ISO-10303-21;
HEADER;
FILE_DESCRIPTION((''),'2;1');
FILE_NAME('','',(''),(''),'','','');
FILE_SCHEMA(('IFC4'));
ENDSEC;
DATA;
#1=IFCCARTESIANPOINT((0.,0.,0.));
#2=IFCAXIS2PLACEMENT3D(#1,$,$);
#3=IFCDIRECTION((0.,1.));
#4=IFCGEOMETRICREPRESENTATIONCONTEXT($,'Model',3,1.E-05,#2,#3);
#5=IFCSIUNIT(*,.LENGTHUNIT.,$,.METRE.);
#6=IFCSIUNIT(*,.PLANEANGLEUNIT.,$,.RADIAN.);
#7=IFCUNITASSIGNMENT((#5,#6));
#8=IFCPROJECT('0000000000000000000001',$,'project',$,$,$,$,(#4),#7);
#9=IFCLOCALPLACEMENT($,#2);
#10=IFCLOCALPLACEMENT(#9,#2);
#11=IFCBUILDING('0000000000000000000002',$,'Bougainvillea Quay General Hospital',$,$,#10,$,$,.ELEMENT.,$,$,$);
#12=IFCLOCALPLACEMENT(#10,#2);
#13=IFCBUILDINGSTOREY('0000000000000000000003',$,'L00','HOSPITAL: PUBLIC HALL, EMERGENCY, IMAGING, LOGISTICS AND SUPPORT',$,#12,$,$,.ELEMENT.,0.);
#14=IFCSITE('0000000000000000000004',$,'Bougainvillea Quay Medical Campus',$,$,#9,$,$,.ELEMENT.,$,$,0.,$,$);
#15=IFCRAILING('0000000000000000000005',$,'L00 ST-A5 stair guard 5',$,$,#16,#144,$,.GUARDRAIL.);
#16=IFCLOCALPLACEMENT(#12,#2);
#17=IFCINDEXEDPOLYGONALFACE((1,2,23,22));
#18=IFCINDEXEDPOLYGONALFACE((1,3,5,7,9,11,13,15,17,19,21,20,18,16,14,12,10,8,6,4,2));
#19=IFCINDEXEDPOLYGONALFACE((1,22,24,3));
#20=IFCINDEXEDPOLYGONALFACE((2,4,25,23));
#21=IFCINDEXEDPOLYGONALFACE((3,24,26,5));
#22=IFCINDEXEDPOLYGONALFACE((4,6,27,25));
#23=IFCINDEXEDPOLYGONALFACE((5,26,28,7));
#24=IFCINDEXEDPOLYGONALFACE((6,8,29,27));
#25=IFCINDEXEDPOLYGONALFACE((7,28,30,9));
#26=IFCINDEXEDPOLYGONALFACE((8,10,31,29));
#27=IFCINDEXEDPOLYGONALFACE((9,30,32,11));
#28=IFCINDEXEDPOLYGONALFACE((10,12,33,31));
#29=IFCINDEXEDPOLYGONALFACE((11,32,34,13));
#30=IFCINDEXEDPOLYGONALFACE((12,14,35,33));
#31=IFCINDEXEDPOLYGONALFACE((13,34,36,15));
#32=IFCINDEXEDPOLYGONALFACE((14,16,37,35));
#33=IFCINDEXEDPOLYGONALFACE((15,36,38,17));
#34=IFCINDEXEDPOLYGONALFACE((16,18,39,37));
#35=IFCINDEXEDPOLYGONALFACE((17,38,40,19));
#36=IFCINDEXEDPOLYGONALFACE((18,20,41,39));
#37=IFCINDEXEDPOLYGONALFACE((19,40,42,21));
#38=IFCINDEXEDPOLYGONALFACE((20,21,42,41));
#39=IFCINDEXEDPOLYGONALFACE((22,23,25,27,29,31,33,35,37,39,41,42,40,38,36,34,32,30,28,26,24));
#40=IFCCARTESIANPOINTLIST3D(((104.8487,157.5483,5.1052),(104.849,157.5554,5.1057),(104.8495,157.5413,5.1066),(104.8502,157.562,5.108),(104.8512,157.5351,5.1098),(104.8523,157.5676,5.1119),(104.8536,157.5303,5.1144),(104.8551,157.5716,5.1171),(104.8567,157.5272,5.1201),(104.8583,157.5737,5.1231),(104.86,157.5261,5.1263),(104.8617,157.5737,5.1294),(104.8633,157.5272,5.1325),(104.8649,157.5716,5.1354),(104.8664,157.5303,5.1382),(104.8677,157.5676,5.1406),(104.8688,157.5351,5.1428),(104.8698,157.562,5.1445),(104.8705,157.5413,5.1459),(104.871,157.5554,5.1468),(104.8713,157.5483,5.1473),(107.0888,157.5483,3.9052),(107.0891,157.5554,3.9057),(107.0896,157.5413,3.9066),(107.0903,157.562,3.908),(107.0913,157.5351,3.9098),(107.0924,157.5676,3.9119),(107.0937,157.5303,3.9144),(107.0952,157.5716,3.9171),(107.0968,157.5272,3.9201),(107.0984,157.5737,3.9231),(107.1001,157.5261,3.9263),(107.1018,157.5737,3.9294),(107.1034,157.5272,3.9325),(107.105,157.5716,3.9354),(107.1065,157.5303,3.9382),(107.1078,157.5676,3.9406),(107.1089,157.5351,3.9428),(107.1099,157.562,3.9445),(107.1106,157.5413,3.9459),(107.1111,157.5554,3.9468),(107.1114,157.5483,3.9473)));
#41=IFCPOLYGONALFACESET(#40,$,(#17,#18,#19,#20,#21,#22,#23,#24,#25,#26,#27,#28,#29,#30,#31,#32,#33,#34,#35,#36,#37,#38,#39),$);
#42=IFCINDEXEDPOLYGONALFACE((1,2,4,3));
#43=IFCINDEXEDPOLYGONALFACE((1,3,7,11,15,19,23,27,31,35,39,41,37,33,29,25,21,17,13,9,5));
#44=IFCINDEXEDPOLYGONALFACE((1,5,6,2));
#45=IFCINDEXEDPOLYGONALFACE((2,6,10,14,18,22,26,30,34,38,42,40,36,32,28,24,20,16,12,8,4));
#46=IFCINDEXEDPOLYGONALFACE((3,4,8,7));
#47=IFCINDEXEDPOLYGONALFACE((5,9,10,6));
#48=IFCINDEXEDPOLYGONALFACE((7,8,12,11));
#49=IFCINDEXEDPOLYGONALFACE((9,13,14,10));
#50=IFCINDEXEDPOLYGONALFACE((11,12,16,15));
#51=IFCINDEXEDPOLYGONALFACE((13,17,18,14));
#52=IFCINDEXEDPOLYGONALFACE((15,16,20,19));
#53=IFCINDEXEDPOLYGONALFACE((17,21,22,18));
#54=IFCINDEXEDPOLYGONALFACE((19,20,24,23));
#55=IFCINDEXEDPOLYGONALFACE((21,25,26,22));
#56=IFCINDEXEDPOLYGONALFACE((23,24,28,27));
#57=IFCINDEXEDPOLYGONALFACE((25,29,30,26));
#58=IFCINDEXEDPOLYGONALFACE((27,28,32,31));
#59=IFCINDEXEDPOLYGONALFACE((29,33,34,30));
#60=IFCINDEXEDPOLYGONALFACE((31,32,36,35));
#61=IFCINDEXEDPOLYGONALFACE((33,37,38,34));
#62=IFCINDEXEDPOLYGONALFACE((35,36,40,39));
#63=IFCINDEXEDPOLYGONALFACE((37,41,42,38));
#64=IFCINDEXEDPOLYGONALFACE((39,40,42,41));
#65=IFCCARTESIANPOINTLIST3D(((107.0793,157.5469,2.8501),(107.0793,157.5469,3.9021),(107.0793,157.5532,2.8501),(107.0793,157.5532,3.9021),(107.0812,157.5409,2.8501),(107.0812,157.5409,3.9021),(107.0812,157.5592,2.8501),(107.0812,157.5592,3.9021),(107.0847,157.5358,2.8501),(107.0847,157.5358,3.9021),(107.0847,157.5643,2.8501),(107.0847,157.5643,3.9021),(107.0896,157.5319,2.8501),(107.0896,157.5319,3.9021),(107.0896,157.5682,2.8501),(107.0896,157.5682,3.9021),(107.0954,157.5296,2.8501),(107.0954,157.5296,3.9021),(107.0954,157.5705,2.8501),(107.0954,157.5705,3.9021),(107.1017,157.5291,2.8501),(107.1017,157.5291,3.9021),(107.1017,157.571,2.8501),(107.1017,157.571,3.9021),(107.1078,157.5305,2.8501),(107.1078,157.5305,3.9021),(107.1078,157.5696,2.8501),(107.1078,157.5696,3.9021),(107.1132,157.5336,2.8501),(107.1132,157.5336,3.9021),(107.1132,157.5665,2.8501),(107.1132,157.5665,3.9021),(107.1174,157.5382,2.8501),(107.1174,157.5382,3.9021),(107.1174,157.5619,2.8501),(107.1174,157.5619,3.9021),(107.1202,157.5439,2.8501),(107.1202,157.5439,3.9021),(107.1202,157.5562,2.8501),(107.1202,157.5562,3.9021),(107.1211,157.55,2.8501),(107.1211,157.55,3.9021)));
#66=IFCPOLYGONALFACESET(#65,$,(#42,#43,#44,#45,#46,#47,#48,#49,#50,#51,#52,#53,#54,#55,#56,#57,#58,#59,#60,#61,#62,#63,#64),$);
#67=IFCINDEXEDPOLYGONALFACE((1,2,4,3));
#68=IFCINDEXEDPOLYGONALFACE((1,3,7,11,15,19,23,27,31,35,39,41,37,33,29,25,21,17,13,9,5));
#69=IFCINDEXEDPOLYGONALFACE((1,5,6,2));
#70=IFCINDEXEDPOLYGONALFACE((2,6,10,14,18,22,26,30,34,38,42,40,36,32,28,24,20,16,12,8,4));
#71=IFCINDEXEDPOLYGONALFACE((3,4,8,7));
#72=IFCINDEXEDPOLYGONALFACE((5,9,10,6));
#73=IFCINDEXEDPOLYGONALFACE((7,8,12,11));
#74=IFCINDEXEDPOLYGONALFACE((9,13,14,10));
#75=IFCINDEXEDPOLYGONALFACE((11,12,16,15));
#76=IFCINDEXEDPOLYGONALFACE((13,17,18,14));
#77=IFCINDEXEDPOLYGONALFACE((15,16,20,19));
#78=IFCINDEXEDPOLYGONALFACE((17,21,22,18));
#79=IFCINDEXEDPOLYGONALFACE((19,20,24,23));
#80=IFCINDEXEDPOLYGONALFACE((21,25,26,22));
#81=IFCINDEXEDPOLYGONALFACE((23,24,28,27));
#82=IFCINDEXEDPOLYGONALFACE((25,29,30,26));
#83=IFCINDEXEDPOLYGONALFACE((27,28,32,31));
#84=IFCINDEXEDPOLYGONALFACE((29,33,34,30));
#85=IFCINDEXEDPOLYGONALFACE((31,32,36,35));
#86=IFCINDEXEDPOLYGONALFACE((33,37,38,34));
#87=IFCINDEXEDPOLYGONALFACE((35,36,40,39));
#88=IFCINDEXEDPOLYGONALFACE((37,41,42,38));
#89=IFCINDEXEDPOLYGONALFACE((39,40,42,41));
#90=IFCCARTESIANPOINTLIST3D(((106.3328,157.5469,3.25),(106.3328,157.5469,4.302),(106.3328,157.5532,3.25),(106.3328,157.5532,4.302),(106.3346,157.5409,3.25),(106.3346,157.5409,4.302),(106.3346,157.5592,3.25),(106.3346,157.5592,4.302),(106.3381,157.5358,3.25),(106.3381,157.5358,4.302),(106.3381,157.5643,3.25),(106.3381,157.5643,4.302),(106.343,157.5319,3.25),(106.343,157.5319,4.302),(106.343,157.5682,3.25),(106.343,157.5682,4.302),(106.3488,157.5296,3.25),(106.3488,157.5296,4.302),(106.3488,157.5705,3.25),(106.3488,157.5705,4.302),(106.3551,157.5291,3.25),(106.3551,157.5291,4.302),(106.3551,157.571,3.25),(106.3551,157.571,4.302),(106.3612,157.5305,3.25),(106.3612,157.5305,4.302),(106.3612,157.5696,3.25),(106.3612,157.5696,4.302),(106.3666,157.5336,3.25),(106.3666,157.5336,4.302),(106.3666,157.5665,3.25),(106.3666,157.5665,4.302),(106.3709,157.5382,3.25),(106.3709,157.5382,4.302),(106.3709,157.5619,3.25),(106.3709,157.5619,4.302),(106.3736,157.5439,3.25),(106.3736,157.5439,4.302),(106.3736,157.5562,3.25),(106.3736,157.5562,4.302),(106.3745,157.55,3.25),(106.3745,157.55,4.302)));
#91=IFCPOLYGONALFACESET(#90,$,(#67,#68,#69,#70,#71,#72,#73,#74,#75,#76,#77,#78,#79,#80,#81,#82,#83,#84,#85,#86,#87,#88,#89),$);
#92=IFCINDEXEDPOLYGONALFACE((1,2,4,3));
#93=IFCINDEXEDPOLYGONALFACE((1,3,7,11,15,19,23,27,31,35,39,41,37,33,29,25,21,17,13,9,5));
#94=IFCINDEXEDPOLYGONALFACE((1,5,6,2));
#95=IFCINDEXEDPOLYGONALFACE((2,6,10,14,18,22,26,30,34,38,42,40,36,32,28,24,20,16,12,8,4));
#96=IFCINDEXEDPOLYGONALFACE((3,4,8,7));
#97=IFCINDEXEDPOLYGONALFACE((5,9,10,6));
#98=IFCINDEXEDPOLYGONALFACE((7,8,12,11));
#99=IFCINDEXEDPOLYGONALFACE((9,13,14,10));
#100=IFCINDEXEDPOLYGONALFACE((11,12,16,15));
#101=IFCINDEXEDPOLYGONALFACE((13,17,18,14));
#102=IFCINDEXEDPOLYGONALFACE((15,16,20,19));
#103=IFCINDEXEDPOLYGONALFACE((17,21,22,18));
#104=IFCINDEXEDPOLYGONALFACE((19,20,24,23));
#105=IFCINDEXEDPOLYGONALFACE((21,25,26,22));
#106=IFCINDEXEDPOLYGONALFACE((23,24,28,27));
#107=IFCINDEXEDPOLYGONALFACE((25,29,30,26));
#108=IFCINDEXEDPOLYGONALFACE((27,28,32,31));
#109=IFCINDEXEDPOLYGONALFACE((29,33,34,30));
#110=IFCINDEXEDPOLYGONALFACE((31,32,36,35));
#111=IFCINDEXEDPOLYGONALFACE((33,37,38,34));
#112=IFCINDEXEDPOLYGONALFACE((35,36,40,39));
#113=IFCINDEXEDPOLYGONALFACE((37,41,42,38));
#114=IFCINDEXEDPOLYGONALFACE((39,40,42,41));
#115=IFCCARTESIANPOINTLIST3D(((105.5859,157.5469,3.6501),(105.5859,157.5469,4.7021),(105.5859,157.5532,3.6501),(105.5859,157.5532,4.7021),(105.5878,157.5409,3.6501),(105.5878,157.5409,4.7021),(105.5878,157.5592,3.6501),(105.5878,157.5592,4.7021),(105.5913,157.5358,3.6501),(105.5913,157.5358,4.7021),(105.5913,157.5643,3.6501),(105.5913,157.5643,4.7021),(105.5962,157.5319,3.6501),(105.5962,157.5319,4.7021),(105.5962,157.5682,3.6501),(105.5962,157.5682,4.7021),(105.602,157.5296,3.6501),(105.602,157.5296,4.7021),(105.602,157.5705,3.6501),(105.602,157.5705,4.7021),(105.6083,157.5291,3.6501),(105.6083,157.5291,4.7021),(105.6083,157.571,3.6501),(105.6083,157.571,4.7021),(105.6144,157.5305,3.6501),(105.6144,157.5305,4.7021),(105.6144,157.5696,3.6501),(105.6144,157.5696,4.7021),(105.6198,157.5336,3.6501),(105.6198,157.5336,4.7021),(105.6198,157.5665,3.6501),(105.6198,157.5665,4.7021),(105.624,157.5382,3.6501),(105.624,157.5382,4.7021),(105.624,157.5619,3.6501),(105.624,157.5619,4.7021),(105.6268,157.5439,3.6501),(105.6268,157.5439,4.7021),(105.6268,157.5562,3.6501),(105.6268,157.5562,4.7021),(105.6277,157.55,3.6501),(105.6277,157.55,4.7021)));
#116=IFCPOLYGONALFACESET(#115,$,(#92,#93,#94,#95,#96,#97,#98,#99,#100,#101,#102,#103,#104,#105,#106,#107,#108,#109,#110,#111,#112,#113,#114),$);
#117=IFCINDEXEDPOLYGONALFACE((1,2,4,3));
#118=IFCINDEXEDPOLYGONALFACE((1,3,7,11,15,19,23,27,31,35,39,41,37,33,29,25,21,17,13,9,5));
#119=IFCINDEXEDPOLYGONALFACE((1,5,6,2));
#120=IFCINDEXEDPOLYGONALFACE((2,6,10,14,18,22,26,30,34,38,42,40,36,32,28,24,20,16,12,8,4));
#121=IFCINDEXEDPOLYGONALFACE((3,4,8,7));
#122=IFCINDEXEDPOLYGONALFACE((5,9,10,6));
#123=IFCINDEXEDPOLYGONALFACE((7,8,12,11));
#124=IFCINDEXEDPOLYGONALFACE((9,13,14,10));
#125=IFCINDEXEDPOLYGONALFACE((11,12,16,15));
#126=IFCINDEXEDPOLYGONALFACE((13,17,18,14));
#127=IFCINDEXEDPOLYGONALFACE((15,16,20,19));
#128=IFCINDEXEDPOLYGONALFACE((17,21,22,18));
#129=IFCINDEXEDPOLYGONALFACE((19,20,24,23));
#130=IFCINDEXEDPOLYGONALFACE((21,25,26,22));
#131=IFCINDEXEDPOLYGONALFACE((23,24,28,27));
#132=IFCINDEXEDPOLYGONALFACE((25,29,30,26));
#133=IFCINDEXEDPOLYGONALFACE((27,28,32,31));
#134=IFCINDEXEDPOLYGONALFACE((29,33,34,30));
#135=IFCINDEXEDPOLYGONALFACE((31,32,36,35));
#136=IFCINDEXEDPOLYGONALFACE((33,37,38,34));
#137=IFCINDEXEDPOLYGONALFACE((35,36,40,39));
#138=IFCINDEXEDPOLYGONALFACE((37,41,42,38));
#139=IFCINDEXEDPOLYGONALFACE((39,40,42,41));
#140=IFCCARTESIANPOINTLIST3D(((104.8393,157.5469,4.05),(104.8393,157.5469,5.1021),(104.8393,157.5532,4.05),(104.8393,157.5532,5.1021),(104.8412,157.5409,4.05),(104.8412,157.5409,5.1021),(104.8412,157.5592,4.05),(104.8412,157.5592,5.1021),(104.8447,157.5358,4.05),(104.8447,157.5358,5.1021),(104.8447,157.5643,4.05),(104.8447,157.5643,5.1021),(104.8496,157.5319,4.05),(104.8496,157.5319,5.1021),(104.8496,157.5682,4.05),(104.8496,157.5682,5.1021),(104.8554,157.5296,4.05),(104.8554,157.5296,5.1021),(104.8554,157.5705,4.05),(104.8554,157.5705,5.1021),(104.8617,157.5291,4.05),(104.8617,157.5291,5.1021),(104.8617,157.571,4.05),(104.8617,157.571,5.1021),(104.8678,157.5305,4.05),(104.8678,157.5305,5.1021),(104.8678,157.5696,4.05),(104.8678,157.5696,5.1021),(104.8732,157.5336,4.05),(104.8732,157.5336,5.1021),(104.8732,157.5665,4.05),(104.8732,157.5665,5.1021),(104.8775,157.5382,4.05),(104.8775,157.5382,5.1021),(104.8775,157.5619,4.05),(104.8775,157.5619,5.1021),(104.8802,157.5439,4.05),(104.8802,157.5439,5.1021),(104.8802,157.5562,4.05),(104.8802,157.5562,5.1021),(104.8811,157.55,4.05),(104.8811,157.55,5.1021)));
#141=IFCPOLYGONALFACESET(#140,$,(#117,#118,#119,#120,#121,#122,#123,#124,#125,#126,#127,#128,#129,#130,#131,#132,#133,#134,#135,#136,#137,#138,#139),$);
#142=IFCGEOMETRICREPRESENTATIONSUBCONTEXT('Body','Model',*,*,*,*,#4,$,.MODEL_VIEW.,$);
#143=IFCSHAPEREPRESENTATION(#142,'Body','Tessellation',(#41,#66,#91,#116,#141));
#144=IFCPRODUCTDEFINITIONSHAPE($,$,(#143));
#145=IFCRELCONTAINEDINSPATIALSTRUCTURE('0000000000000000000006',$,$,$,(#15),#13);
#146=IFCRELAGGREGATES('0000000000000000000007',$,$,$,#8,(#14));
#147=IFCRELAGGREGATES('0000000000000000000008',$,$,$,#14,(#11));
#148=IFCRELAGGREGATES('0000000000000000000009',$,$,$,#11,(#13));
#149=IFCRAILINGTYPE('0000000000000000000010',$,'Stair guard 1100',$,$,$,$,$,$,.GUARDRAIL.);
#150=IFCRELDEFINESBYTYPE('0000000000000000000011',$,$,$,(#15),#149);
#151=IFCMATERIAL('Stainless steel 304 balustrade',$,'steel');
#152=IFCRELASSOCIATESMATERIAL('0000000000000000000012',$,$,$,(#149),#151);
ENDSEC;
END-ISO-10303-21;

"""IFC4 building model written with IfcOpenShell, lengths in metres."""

from ifc_helpers import new_model, si_unit, direction, frame, origin, origin_2d, place, context, subcontext, project, spatial, circle, extrude, material, type_object, element, save


model = new_model("IFC4")

# Units and contexts
model_context = context("Model", 3, precision=1e-05, world=origin(), true_north=direction((0.0, 1.0)))
body_context = subcontext(model_context, "Body", "Model", "MODEL_VIEW")
ifc_project = project(units=[si_unit("LENGTHUNIT", "METRE"), si_unit("PLANEANGLEUNIT", "RADIAN")], contexts=[model_context])

# Site, building, storey
site_placement = place(None, origin())
site = spatial("IfcSite", under=ifc_project, at=site_placement, Name="Bougainvillea Quay Medical Campus", CompositionType="ELEMENT", RefElevation=0.0)
building_placement = place(site_placement, origin())
building = spatial("IfcBuilding", under=site, at=building_placement, Name="Bougainvillea Quay General Hospital", CompositionType="ELEMENT")
storey_placement = place(building_placement, origin())
storey = spatial("IfcBuildingStorey", under=building, at=storey_placement, Name="L00", Description="HOSPITAL: PUBLIC HALL, EMERGENCY, IMAGING, LOGISTICS AND SUPPORT", CompositionType="ELEMENT", Elevation=0.0)

# Railing
ifc_material_1 = material(Name="Stainless steel 304 balustrade", Category="steel")
railing_type_1 = type_object("IfcRailingType", Name="Stair guard 1100", PredefinedType="GUARDRAIL", material=ifc_material_1)
railing_1_placement = place(storey_placement, frame((107.1001, 157.55, 2.8501)))
element("IfcRailing", 1, at=railing_1_placement, inside=storey, type_object=railing_type_1, Name="L00 ST-A5 stair guard 5", PredefinedType="GUARDRAIL", context=body_context, shape_type="SweptSolid", body=[
    extrude(circle(Radius=0.0239, at=origin_2d()), frame((0.0, 0.0, 1.0762), z_axis=(-0.881487, 0.0, 0.472208), x_axis=(0.0, -1.0, 0.0)), (0.0, 0.0, 1.0), 2.5413),
    extrude(circle(Radius=0.021, at=origin_2d()), origin(), (0.0, 0.0, 1.0), 1.052),
    extrude(circle(Radius=0.021, at=origin_2d()), frame((-0.7466, 0.0, 0.3999)), (0.0, 0.0, 1.0), 1.052),
    extrude(circle(Radius=0.021, at=origin_2d()), frame((-1.4934, 0.0, 0.8)), (0.0, 0.0, 1.0), 1.052),
    extrude(circle(Radius=0.021, at=origin_2d()), frame((-2.24, 0.0, 1.2)), (0.0, 0.0, 1.0), 1.052),
])

save(model, "model.ifc")
